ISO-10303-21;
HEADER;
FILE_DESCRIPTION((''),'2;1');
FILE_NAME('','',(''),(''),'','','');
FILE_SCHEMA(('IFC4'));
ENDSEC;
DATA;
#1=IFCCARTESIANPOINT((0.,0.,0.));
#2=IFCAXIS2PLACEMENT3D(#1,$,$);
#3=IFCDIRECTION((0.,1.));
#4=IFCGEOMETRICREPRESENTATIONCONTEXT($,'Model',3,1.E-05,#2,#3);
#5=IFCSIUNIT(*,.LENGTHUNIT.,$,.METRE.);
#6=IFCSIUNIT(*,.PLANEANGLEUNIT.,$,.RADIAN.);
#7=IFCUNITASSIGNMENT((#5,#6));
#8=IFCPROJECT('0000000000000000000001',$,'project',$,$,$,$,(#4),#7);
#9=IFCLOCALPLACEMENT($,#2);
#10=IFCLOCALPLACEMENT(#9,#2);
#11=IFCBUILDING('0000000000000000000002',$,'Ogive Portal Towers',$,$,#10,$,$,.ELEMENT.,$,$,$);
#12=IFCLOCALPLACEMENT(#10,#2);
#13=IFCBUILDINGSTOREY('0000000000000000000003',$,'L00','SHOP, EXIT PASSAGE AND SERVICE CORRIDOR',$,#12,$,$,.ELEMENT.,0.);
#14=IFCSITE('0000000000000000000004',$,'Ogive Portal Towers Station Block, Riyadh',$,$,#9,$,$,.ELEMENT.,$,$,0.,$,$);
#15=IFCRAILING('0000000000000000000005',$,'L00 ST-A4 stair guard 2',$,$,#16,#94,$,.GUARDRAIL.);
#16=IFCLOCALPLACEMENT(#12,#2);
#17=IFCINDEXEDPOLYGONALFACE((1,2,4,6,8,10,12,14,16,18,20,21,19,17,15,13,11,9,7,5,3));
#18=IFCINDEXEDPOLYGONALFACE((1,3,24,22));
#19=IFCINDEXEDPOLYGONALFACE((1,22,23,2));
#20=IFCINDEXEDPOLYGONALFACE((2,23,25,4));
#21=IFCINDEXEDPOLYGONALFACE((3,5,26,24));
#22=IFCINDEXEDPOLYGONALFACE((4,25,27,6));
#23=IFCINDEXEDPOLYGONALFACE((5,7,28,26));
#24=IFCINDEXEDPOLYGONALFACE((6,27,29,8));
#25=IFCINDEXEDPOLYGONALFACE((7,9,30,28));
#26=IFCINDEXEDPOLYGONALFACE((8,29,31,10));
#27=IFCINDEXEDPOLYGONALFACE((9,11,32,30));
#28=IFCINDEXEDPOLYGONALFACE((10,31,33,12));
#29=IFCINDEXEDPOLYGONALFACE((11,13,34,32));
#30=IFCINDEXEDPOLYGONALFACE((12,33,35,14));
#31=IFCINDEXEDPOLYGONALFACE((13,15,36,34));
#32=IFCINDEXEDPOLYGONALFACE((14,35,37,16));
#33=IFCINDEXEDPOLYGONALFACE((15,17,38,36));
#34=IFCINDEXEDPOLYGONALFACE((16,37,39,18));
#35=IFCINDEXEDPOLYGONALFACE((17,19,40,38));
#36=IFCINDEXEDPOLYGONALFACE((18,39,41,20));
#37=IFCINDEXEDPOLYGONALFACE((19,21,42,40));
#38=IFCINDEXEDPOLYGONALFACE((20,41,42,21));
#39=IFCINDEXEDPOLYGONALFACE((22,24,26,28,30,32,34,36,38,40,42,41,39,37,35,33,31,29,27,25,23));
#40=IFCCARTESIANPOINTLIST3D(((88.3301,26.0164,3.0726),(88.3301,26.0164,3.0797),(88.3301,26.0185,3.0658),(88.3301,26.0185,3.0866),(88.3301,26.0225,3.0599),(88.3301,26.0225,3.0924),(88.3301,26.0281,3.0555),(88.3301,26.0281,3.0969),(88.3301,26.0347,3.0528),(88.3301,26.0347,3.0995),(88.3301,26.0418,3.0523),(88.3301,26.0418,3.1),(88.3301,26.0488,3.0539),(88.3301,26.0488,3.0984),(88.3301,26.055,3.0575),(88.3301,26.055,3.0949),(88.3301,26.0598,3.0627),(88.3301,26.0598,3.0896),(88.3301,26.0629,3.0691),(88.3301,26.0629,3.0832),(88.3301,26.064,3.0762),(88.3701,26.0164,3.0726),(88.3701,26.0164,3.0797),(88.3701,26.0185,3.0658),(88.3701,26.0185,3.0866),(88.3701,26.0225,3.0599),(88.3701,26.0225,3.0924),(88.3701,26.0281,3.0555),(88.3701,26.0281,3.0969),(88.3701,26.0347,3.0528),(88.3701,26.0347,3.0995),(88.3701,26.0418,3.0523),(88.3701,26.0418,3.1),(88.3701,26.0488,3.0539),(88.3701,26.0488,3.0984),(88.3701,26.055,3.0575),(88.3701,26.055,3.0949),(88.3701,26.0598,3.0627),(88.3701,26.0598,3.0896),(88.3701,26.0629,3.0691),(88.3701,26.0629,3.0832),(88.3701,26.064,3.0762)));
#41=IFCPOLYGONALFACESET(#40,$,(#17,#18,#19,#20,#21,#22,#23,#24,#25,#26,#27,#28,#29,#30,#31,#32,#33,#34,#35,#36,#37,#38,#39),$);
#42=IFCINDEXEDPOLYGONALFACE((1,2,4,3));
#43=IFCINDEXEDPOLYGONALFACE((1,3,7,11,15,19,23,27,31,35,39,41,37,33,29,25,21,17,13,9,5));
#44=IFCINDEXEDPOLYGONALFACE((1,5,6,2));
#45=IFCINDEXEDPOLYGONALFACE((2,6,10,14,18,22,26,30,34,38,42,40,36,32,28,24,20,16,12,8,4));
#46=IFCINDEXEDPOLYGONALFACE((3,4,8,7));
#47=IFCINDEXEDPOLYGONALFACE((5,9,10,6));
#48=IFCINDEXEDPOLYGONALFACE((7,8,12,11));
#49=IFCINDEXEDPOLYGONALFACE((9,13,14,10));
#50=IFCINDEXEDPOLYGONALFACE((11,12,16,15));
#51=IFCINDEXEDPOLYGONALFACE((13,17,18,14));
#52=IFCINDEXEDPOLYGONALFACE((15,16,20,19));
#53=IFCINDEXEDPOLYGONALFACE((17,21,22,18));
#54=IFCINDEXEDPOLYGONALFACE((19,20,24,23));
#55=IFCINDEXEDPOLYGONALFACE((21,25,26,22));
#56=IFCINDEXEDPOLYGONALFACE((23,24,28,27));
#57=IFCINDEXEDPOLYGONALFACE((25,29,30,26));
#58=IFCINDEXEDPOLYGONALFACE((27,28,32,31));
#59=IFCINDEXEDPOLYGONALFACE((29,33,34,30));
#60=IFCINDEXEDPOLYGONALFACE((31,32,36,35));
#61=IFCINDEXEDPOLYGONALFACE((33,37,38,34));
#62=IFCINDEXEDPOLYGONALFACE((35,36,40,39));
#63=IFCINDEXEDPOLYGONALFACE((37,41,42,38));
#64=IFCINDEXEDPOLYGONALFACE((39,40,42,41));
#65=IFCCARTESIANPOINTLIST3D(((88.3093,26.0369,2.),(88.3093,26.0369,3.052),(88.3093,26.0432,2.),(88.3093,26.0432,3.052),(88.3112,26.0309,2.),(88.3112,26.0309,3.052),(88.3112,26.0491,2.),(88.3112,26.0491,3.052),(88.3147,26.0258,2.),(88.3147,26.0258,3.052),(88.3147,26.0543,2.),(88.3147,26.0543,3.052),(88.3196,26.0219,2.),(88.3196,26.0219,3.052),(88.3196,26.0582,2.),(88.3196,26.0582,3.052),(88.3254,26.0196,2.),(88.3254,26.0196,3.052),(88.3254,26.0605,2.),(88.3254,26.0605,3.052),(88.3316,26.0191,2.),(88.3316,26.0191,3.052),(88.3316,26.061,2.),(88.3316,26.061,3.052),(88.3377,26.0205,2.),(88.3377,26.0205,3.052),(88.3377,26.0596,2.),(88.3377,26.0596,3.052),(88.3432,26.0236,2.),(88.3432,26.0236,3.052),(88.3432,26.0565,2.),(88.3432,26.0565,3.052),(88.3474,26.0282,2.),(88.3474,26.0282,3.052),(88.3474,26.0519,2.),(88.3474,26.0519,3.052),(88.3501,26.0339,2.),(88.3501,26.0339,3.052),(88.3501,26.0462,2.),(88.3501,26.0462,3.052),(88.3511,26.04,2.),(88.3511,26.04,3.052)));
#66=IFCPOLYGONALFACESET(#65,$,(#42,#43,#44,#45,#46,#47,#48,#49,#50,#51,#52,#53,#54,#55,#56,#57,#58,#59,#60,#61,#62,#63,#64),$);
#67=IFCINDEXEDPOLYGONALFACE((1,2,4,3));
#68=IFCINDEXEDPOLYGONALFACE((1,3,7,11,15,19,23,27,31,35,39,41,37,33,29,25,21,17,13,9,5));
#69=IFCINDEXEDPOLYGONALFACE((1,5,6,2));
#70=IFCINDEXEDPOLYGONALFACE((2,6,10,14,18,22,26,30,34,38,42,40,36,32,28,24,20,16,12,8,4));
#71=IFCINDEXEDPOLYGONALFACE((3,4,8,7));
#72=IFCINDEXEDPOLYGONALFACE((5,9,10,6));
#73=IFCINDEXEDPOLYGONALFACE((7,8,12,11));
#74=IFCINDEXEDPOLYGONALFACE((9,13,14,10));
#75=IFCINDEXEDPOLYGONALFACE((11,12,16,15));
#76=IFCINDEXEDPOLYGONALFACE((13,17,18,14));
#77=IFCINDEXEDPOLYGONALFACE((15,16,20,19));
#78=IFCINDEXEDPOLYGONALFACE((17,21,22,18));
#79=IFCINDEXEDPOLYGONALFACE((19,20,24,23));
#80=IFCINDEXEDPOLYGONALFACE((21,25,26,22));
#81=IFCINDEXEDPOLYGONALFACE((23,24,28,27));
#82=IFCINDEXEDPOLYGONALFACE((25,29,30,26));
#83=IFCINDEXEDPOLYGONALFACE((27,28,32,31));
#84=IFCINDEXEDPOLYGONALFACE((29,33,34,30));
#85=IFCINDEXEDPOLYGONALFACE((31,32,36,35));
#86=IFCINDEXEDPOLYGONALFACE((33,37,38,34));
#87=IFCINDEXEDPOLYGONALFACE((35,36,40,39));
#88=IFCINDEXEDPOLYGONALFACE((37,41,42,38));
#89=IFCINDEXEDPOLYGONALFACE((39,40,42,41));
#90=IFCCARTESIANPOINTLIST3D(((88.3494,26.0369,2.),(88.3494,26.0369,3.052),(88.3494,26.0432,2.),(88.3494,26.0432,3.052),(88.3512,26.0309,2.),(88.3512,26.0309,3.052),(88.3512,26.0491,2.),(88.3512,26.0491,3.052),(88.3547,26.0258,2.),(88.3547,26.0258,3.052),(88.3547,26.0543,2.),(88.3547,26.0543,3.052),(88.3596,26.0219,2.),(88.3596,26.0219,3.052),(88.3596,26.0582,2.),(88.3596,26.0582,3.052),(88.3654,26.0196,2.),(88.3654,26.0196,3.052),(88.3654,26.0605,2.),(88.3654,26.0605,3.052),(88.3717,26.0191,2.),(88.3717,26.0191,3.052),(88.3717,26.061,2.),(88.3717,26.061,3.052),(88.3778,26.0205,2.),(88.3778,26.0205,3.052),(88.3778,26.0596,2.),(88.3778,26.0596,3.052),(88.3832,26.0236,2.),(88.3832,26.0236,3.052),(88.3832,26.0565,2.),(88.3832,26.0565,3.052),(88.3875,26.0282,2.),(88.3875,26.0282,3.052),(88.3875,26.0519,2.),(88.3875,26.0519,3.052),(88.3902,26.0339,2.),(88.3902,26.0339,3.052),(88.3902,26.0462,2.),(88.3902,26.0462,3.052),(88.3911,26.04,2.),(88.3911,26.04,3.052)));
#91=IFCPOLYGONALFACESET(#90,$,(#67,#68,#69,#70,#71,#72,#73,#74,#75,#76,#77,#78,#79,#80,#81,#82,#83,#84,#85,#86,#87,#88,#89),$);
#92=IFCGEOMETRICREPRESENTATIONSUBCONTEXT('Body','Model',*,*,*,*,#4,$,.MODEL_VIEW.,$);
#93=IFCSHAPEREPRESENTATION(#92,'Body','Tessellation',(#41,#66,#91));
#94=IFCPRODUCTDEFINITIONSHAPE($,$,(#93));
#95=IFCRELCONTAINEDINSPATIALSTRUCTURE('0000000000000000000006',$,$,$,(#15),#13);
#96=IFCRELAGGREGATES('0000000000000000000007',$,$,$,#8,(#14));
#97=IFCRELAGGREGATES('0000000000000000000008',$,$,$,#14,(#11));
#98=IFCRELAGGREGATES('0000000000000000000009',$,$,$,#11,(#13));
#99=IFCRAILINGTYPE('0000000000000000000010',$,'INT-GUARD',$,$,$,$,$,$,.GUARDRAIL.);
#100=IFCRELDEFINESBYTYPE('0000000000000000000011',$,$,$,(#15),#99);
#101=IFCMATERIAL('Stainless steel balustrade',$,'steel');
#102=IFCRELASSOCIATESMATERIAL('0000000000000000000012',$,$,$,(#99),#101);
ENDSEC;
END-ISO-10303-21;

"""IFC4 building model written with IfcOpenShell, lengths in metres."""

from ifc_helpers import new_model, si_unit, direction, frame, origin, origin_2d, place, context, subcontext, project, spatial, circle, extrude, material, type_object, element, save


model = new_model("IFC4")

# Units and contexts
model_context = context("Model", 3, precision=1e-05, world=origin(), true_north=direction((0.0, 1.0)))
body_context = subcontext(model_context, "Body", "Model", "MODEL_VIEW")
ifc_project = project(units=[si_unit("LENGTHUNIT", "METRE"), si_unit("PLANEANGLEUNIT", "RADIAN")], contexts=[model_context])

# Site, building, storey
site_placement = place(None, origin())
site = spatial("IfcSite", under=ifc_project, at=site_placement, Name="Ogive Portal Towers Station Block, Riyadh", CompositionType="ELEMENT", RefElevation=0.0)
building_placement = place(site_placement, origin())
building = spatial("IfcBuilding", under=site, at=building_placement, Name="Ogive Portal Towers", CompositionType="ELEMENT")
storey_placement = place(building_placement, origin())
storey = spatial("IfcBuildingStorey", under=building, at=storey_placement, Name="L00", Description="SHOP, EXIT PASSAGE AND SERVICE CORRIDOR", CompositionType="ELEMENT", Elevation=0.0)

# Railing
ifc_material_1 = material(Name="Stainless steel balustrade", Category="steel")
railing_type = type_object("IfcRailingType", Name="INT-GUARD", PredefinedType="GUARDRAIL", material=ifc_material_1)
railing_1_placement = place(storey_placement, frame((88.3301, 26.04, 2.0)))
element("IfcRailing", 1, at=railing_1_placement, inside=storey, type_object=railing_type, Name="L00 ST-A4 stair guard 2", PredefinedType="GUARDRAIL", context=body_context, shape_type="SweptSolid", body=[
    extrude(circle(Radius=0.0239, at=origin_2d()), frame((0.0, 0.0, 1.0762), z_axis=(1.0, 0.0, 0.0), x_axis=(0.0, 1.0, 0.0)), (0.0, 0.0, 1.0), 0.04),
    extrude(circle(Radius=0.021, at=origin_2d()), origin(), (0.0, 0.0, 1.0), 1.052),
    extrude(circle(Radius=0.021, at=origin_2d()), frame((0.04, 0.0, 0.0)), (0.0, 0.0, 1.0), 1.052),
])

save(model, "model.ifc")
